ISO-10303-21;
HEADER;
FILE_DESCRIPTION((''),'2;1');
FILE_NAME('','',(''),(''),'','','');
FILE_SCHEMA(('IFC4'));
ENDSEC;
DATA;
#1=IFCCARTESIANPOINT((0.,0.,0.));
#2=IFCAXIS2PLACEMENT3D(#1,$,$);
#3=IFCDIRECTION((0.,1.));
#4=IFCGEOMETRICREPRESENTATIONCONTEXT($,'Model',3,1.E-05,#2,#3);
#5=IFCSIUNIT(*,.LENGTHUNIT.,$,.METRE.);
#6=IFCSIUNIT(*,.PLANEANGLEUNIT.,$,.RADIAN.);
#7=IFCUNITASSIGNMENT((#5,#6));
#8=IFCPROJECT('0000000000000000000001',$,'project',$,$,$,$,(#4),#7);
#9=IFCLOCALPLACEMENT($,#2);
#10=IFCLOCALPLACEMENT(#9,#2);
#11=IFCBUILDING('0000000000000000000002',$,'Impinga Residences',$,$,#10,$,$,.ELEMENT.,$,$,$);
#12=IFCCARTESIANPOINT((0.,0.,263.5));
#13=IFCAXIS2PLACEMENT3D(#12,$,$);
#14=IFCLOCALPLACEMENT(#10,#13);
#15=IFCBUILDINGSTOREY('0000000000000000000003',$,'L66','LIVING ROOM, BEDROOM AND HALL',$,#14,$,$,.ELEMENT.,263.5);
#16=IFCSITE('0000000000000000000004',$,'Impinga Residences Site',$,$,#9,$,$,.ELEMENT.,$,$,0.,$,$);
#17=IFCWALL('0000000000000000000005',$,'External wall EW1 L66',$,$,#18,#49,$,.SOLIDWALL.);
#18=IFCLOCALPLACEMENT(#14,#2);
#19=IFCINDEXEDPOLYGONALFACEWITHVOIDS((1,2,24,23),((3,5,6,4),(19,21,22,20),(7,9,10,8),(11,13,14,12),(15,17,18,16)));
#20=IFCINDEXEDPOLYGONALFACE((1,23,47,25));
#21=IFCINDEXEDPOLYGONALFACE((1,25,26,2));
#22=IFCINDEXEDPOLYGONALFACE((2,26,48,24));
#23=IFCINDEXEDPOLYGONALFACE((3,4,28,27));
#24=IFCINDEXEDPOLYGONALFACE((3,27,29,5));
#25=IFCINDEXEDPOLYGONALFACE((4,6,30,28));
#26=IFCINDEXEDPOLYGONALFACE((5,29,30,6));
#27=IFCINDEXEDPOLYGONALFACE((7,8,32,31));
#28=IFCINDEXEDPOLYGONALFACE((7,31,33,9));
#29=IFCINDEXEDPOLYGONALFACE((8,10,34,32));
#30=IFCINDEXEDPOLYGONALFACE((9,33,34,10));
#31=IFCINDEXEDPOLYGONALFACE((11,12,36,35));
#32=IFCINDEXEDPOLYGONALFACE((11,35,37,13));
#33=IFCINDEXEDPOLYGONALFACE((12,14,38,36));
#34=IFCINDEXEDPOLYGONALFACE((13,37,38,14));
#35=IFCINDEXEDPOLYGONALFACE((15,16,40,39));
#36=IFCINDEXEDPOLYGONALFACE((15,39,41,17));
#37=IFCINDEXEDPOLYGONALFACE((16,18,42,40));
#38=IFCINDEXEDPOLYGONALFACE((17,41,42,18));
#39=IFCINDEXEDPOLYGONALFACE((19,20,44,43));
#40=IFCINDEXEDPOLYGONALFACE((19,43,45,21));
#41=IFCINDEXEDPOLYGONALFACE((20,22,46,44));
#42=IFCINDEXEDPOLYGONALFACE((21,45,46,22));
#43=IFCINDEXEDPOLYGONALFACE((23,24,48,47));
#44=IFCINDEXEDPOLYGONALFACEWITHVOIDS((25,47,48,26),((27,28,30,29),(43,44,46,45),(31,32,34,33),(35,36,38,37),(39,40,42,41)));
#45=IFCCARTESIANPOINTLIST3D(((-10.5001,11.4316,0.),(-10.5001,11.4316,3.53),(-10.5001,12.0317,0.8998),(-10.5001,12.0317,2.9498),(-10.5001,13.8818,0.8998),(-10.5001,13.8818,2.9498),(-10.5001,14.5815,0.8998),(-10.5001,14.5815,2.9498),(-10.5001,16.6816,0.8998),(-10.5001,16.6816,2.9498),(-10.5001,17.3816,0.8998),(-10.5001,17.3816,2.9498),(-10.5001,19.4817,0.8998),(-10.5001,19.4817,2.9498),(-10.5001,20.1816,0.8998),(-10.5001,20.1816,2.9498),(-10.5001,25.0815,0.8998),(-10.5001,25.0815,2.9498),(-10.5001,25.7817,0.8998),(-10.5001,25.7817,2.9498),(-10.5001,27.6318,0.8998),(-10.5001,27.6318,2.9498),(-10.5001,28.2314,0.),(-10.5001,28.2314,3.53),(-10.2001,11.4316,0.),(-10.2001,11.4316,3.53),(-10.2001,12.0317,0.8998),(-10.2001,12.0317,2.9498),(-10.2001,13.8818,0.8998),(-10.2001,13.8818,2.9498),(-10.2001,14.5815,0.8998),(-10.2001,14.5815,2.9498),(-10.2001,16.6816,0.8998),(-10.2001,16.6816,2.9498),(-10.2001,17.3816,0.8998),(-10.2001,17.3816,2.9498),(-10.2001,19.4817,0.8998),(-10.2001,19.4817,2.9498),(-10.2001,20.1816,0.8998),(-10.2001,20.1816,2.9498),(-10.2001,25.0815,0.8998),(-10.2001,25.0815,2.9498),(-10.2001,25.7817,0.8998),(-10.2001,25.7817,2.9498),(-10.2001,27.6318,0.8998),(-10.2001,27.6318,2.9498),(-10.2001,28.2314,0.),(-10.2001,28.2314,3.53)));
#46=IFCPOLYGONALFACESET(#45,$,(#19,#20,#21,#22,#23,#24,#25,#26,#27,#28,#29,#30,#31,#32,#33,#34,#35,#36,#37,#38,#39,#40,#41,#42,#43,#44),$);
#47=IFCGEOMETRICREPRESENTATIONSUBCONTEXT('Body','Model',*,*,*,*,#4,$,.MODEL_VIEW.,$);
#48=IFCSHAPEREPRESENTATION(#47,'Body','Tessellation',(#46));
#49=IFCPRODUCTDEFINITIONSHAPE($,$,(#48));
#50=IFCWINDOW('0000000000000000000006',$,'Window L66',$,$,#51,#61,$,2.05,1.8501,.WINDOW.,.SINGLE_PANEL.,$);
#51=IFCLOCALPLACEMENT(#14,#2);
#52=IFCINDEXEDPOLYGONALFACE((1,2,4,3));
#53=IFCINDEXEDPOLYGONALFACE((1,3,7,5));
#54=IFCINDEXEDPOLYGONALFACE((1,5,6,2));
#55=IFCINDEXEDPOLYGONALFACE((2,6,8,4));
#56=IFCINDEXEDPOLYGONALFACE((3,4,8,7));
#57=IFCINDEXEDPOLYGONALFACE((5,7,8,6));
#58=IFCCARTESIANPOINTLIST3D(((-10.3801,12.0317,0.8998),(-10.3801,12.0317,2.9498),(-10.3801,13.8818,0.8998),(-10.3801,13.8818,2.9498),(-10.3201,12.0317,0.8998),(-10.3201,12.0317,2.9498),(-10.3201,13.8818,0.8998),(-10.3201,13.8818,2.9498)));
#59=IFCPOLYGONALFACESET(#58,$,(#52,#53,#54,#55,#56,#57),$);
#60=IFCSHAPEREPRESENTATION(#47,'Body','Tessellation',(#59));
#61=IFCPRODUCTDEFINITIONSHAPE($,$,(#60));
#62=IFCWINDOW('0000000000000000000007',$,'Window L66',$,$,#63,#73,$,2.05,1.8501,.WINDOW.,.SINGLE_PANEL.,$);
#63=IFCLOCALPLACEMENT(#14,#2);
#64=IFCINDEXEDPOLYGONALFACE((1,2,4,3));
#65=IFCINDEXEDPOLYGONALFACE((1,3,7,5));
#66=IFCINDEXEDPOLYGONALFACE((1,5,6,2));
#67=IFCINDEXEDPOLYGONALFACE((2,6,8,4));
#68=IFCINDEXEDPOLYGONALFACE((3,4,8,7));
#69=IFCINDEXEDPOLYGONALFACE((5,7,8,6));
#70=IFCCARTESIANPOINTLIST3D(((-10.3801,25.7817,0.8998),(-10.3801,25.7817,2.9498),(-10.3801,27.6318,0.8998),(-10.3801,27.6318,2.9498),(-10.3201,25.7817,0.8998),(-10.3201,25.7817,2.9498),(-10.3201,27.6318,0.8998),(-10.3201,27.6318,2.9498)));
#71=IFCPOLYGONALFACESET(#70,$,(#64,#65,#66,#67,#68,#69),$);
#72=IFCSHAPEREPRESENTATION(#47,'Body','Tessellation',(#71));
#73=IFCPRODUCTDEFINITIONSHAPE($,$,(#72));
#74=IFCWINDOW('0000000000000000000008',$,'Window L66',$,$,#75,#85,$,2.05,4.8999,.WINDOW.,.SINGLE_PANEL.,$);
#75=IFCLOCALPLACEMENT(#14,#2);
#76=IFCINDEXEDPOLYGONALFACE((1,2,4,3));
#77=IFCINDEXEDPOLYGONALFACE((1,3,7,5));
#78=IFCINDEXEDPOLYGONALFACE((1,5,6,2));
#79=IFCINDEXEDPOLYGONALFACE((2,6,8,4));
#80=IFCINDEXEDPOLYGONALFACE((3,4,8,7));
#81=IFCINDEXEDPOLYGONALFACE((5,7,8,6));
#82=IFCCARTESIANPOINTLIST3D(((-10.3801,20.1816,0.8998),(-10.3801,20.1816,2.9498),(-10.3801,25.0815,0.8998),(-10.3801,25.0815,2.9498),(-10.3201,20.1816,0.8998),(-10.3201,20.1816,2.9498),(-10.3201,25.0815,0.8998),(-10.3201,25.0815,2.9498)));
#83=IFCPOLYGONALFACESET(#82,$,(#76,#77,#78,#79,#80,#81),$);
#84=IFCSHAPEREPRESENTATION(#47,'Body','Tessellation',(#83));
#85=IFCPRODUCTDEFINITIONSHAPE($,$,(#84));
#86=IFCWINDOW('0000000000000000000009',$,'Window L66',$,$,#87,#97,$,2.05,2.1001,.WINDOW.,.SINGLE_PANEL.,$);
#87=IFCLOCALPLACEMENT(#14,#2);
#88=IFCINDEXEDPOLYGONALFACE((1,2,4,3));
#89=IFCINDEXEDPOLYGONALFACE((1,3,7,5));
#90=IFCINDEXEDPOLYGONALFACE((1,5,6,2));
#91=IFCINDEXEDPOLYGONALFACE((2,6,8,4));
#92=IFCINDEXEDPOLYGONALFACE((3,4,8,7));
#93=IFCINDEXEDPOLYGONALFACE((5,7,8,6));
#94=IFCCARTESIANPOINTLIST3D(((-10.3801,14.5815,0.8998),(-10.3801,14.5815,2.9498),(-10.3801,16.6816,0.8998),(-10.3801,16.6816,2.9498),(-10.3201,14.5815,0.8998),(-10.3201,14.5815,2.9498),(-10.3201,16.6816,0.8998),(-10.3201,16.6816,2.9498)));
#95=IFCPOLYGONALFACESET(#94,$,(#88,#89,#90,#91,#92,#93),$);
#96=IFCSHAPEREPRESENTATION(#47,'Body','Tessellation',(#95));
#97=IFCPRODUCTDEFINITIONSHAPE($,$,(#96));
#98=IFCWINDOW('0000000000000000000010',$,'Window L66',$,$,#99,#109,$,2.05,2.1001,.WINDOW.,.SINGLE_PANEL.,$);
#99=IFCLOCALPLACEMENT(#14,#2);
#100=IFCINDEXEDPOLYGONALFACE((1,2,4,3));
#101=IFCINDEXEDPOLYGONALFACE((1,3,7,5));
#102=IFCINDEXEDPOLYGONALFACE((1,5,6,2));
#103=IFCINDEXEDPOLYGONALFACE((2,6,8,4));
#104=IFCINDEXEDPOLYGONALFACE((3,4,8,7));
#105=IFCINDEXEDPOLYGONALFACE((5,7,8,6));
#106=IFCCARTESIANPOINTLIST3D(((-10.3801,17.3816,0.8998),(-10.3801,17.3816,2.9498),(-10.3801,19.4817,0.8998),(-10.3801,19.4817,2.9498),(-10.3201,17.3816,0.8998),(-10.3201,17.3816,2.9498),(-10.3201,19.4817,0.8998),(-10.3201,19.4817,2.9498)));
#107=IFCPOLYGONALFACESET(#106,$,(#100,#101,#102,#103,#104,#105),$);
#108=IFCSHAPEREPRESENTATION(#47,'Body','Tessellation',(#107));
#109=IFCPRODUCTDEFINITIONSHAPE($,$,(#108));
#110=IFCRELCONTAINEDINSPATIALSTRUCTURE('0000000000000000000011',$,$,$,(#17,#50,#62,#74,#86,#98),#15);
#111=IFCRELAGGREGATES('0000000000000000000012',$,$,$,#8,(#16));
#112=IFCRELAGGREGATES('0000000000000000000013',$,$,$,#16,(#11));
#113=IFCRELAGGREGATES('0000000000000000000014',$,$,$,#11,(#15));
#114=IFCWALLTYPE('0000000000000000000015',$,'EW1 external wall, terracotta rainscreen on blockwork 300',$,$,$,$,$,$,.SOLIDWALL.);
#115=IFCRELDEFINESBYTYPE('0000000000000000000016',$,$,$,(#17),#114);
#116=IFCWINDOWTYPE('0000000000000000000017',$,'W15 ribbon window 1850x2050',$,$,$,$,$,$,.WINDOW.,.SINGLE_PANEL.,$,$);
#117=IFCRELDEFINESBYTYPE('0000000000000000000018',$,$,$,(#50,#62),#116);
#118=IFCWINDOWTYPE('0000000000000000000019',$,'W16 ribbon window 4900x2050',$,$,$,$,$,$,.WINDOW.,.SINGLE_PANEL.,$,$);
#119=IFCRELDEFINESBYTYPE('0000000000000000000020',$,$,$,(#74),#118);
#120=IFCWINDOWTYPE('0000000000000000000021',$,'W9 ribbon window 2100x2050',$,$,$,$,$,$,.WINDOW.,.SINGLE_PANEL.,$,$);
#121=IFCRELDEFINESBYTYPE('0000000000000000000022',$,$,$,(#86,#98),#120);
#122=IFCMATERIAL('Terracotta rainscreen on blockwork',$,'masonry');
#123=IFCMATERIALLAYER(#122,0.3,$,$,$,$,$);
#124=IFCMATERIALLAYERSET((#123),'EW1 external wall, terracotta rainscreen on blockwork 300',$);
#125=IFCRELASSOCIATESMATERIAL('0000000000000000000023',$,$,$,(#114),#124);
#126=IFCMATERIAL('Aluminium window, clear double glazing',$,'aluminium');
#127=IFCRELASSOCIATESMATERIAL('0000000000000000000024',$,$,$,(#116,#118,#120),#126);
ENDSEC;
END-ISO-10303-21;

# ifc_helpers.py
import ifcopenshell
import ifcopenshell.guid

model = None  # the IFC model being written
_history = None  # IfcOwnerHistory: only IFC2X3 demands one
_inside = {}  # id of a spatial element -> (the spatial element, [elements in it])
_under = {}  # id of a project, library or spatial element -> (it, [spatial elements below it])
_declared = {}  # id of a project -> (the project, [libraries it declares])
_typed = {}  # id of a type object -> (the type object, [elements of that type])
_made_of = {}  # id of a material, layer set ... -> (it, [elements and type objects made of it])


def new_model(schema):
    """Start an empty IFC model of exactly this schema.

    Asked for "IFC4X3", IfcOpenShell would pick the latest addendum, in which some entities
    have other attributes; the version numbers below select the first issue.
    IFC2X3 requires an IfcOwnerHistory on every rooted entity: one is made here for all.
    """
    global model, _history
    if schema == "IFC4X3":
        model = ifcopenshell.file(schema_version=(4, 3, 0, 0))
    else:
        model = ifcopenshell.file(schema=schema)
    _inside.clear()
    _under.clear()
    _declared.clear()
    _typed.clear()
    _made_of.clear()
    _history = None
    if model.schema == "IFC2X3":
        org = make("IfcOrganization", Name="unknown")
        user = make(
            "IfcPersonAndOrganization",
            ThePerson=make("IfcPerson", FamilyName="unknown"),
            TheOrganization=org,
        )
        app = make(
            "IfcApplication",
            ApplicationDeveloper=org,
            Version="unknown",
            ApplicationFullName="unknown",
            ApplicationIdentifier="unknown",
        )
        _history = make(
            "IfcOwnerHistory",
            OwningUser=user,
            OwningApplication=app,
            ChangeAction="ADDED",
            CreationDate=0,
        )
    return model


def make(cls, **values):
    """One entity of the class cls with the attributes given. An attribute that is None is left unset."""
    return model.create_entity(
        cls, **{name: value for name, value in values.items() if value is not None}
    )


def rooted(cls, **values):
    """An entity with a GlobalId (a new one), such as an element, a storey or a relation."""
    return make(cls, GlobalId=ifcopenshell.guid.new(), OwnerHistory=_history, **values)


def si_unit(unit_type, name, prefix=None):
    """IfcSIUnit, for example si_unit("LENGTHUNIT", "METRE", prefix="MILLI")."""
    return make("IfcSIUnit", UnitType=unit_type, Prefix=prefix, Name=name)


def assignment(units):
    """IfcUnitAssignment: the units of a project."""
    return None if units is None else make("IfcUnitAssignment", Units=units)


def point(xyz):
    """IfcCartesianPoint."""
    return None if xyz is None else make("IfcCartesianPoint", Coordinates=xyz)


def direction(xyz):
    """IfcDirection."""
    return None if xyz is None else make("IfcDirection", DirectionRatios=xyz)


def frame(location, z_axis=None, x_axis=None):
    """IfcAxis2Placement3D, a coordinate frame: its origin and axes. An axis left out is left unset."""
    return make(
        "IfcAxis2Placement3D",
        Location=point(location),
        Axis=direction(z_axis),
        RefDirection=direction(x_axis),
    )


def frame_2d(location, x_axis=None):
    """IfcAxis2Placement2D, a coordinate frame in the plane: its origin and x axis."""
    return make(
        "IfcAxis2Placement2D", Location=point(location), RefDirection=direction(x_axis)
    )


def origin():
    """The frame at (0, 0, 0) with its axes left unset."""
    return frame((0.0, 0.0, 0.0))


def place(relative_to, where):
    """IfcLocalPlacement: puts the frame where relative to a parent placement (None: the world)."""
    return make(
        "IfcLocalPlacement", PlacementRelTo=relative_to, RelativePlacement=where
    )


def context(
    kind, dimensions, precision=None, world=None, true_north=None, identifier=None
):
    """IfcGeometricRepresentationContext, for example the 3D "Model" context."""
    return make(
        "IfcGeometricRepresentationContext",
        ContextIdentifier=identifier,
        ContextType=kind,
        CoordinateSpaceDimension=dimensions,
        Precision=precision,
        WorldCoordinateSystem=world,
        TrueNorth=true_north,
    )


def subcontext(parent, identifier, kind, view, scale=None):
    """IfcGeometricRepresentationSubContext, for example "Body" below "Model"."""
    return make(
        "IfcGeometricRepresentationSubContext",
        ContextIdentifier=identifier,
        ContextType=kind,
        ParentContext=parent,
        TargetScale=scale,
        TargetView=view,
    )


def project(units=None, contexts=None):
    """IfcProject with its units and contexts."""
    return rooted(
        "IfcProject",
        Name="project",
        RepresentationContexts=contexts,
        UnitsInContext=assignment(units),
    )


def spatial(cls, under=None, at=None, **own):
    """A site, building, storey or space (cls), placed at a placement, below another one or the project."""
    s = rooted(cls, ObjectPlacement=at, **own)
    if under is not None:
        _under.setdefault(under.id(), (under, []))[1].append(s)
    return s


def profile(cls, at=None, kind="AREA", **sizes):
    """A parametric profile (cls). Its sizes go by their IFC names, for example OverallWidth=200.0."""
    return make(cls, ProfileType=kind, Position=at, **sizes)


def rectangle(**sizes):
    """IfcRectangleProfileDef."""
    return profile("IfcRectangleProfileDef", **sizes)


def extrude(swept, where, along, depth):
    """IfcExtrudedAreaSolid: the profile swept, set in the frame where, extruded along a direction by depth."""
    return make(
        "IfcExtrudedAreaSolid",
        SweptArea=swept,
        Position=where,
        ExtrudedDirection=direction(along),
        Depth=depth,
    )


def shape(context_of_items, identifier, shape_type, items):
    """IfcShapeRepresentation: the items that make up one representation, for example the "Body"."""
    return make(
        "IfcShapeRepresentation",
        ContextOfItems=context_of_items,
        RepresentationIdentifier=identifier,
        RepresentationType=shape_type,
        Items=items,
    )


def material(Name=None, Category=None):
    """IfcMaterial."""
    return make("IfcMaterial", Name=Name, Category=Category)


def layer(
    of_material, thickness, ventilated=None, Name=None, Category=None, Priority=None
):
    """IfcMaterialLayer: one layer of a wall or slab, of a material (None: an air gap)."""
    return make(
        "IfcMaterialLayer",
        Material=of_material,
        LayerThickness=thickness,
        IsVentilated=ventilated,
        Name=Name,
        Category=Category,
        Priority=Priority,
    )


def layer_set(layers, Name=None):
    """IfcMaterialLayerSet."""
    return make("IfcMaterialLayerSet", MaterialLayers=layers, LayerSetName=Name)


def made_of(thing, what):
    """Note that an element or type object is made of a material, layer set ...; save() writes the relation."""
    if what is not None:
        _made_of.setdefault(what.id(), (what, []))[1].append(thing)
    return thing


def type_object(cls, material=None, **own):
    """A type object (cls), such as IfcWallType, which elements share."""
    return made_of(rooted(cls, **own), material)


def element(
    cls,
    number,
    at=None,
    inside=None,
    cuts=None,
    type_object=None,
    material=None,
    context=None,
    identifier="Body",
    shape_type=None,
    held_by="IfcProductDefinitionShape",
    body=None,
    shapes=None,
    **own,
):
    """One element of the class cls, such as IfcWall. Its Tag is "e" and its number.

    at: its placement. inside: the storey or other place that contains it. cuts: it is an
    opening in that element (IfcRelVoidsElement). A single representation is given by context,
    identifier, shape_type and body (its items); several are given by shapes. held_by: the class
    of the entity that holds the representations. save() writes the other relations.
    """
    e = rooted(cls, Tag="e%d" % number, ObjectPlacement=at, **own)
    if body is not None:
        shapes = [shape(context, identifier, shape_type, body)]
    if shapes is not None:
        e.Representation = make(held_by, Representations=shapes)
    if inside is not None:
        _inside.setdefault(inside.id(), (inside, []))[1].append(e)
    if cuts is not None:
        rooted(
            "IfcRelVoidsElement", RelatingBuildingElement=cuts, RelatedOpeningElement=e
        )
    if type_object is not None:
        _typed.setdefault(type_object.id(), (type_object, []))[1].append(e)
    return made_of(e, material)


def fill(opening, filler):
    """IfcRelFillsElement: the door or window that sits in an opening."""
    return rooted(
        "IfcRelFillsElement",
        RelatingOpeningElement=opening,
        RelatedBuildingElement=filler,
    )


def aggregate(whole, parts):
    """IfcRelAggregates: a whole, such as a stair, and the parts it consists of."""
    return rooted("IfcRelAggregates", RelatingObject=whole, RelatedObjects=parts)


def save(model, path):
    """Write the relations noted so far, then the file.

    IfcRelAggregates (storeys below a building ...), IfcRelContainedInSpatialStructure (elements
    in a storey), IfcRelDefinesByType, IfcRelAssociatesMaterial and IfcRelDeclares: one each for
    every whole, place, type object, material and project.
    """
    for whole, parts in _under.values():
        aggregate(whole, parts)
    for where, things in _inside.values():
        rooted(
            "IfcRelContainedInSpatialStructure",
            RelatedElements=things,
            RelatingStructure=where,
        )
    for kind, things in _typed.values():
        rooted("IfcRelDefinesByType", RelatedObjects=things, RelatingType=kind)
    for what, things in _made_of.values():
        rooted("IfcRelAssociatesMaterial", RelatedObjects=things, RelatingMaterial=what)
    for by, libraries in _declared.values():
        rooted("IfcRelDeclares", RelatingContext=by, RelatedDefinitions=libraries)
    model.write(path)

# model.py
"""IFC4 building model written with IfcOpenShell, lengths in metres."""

from ifc_helpers import new_model, si_unit, direction, frame, frame_2d, origin, place, context, subcontext, project, spatial, rectangle, extrude, material, layer, layer_set, type_object, element, fill, save


model = new_model("IFC4")

# Units and contexts
model_context = context("Model", 3, precision=1e-05, world=origin(), true_north=direction((0.0, 1.0)))
body_context = subcontext(model_context, "Body", "Model", "MODEL_VIEW")
ifc_project = project(units=[si_unit("LENGTHUNIT", "METRE"), si_unit("PLANEANGLEUNIT", "RADIAN")], contexts=[model_context])

# Site, building, storey
site_placement = place(None, origin())
site = spatial("IfcSite", under=ifc_project, at=site_placement, Name="Impinga Residences Site", CompositionType="ELEMENT", RefElevation=0.0)
building_placement = place(site_placement, origin())
building = spatial("IfcBuilding", under=site, at=building_placement, Name="Impinga Residences", CompositionType="ELEMENT")
storey_placement = place(building_placement, frame((0.0, 0.0, 263.5)))
storey = spatial("IfcBuildingStorey", under=building, at=storey_placement, Name="L66", Description="LIVING ROOM, BEDROOM AND HALL", CompositionType="ELEMENT", Elevation=263.5)

# Wall, openings, windows
ifc_material_1 = material(Name="Terracotta rainscreen on blockwork", Category="masonry")
ifc_layer_1 = layer(ifc_material_1, 0.3)
ifc_layer_set_1 = layer_set([ifc_layer_1], Name="EW1 external wall, terracotta rainscreen on blockwork 300")
wall_type_1 = type_object("IfcWallType", Name="EW1 external wall, terracotta rainscreen on blockwork 300", PredefinedType="SOLIDWALL", material=ifc_layer_set_1)
wall_1_placement = place(storey_placement, frame((-10.3501, 11.4316, 0.0), z_axis=(0.0, 0.0, 1.0), x_axis=(0.0, 1.0, 0.0)))
wall_1 = element("IfcWall", 1, at=wall_1_placement, inside=storey, type_object=wall_type_1, Name="External wall EW1 L66", PredefinedType="SOLIDWALL", context=body_context, shape_type="SweptSolid", body=[
    extrude(rectangle(XDim=16.7998, YDim=0.3, at=frame_2d((8.3999, 0.0))), origin(), (0.0, 0.0, 1.0), 3.53),
])
opening_1_placement = place(wall_1_placement, frame((0.6001, 0.0, 0.8999)))
opening_1 = element("IfcOpeningElement", 2, at=opening_1_placement, cuts=wall_1, PredefinedType="OPENING", context=body_context, shape_type="SweptSolid", body=[
    extrude(rectangle(XDim=1.8501, YDim=2.05, at=frame_2d((0.925, 1.0249))), frame((0.0, 0.1599, 0.0), z_axis=(0.0, -1.0, 0.0), x_axis=(1.0, 0.0, 0.0)), (0.0, 0.0, 1.0), 0.3201),
])
opening_2_placement = place(wall_1_placement, frame((3.1499, 0.0, 0.8999)))
opening_2 = element("IfcOpeningElement", 3, at=opening_2_placement, cuts=wall_1, PredefinedType="OPENING", context=body_context, shape_type="SweptSolid", body=[
    extrude(rectangle(XDim=2.1001, YDim=2.05, at=frame_2d((1.05, 1.0249))), frame((0.0, 0.1599, 0.0), z_axis=(0.0, -1.0, 0.0), x_axis=(1.0, 0.0, 0.0)), (0.0, 0.0, 1.0), 0.3201),
])
opening_3_placement = place(wall_1_placement, frame((5.95, 0.0, 0.8999)))
opening_3 = element("IfcOpeningElement", 4, at=opening_3_placement, cuts=wall_1, PredefinedType="OPENING", context=body_context, shape_type="SweptSolid", body=[
    extrude(rectangle(XDim=2.1001, YDim=2.05, at=frame_2d((1.05, 1.0249))), frame((0.0, 0.1599, 0.0), z_axis=(0.0, -1.0, 0.0), x_axis=(1.0, 0.0, 0.0)), (0.0, 0.0, 1.0), 0.3201),
])
opening_4_placement = place(wall_1_placement, frame((8.75, 0.0, 0.8999)))
opening_4 = element("IfcOpeningElement", 5, at=opening_4_placement, cuts=wall_1, PredefinedType="OPENING", context=body_context, shape_type="SweptSolid", body=[
    extrude(rectangle(XDim=4.8999, YDim=2.05, at=frame_2d((2.45, 1.0249))), frame((0.0, 0.1599, 0.0), z_axis=(0.0, -1.0, 0.0), x_axis=(1.0, 0.0, 0.0)), (0.0, 0.0, 1.0), 0.3201),
])
opening_5_placement = place(wall_1_placement, frame((14.3501, 0.0, 0.8999)))
opening_5 = element("IfcOpeningElement", 6, at=opening_5_placement, cuts=wall_1, PredefinedType="OPENING", context=body_context, shape_type="SweptSolid", body=[
    extrude(rectangle(XDim=1.8501, YDim=2.05, at=frame_2d((0.925, 1.0249))), frame((0.0, 0.1599, 0.0), z_axis=(0.0, -1.0, 0.0), x_axis=(1.0, 0.0, 0.0)), (0.0, 0.0, 1.0), 0.3201),
])
ifc_material_2 = material(Name="Aluminium window, clear double glazing", Category="aluminium")
window_type_1 = type_object("IfcWindowType", Name="W15 ribbon window 1850x2050", PartitioningType="SINGLE_PANEL", PredefinedType="WINDOW", material=ifc_material_2)
window_1_placement = place(opening_1_placement, origin())
window_1 = element("IfcWindow", 7, at=window_1_placement, inside=storey, type_object=window_type_1, Name="Window L66", OverallHeight=2.05, OverallWidth=1.8501, PartitioningType="SINGLE_PANEL", PredefinedType="WINDOW", context=body_context, shape_type="SweptSolid", body=[
    extrude(rectangle(XDim=1.8501, YDim=2.05, at=frame_2d((0.925, 1.0249))), frame((0.0, 0.03, 0.0), z_axis=(0.0, -1.0, 0.0), x_axis=(1.0, 0.0, 0.0)), (0.0, 0.0, 1.0), 0.0601),
])
fill(opening_1, window_1)
window_2_placement = place(opening_5_placement, origin())
window_2 = element("IfcWindow", 8, at=window_2_placement, inside=storey, type_object=window_type_1, Name="Window L66", OverallHeight=2.05, OverallWidth=1.8501, PartitioningType="SINGLE_PANEL", PredefinedType="WINDOW", context=body_context, shape_type="SweptSolid", body=[
    extrude(rectangle(XDim=1.8501, YDim=2.05, at=frame_2d((0.925, 1.0249))), frame((0.0, 0.03, 0.0), z_axis=(0.0, -1.0, 0.0), x_axis=(1.0, 0.0, 0.0)), (0.0, 0.0, 1.0), 0.0601),
])
fill(opening_5, window_2)
window_type_2 = type_object("IfcWindowType", Name="W16 ribbon window 4900x2050", PartitioningType="SINGLE_PANEL", PredefinedType="WINDOW", material=ifc_material_2)
window_3_placement = place(opening_4_placement, origin())
window_3 = element("IfcWindow", 9, at=window_3_placement, inside=storey, type_object=window_type_2, Name="Window L66", OverallHeight=2.05, OverallWidth=4.8999, PartitioningType="SINGLE_PANEL", PredefinedType="WINDOW", context=body_context, shape_type="SweptSolid", body=[
    extrude(rectangle(XDim=4.8999, YDim=2.05, at=frame_2d((2.45, 1.0249))), frame((0.0, 0.03, 0.0), z_axis=(0.0, -1.0, 0.0), x_axis=(1.0, 0.0, 0.0)), (0.0, 0.0, 1.0), 0.0601),
])
fill(opening_4, window_3)
window_type_3 = type_object("IfcWindowType", Name="W9 ribbon window 2100x2050", PartitioningType="SINGLE_PANEL", PredefinedType="WINDOW", material=ifc_material_2)
window_4_placement = place(opening_2_placement, origin())
window_4 = element("IfcWindow", 10, at=window_4_placement, inside=storey, type_object=window_type_3, Name="Window L66", OverallHeight=2.05, OverallWidth=2.1001, PartitioningType="SINGLE_PANEL", PredefinedType="WINDOW", context=body_context, shape_type="SweptSolid", body=[
    extrude(rectangle(XDim=2.1001, YDim=2.05, at=frame_2d((1.05, 1.0249))), frame((0.0, 0.03, 0.0), z_axis=(0.0, -1.0, 0.0), x_axis=(1.0, 0.0, 0.0)), (0.0, 0.0, 1.0), 0.0601),
])
fill(opening_2, window_4)
window_5_placement = place(opening_3_placement, origin())
window_5 = element("IfcWindow", 11, at=window_5_placement, inside=storey, type_object=window_type_3, Name="Window L66", OverallHeight=2.05, OverallWidth=2.1001, PartitioningType="SINGLE_PANEL", PredefinedType="WINDOW", context=body_context, shape_type="SweptSolid", body=[
    extrude(rectangle(XDim=2.1001, YDim=2.05, at=frame_2d((1.05, 1.0249))), frame((0.0, 0.03, 0.0), z_axis=(0.0, -1.0, 0.0), x_axis=(1.0, 0.0, 0.0)), (0.0, 0.0, 1.0), 0.0601),
])
fill(opening_3, window_5)

save(model, "model.ifc")
